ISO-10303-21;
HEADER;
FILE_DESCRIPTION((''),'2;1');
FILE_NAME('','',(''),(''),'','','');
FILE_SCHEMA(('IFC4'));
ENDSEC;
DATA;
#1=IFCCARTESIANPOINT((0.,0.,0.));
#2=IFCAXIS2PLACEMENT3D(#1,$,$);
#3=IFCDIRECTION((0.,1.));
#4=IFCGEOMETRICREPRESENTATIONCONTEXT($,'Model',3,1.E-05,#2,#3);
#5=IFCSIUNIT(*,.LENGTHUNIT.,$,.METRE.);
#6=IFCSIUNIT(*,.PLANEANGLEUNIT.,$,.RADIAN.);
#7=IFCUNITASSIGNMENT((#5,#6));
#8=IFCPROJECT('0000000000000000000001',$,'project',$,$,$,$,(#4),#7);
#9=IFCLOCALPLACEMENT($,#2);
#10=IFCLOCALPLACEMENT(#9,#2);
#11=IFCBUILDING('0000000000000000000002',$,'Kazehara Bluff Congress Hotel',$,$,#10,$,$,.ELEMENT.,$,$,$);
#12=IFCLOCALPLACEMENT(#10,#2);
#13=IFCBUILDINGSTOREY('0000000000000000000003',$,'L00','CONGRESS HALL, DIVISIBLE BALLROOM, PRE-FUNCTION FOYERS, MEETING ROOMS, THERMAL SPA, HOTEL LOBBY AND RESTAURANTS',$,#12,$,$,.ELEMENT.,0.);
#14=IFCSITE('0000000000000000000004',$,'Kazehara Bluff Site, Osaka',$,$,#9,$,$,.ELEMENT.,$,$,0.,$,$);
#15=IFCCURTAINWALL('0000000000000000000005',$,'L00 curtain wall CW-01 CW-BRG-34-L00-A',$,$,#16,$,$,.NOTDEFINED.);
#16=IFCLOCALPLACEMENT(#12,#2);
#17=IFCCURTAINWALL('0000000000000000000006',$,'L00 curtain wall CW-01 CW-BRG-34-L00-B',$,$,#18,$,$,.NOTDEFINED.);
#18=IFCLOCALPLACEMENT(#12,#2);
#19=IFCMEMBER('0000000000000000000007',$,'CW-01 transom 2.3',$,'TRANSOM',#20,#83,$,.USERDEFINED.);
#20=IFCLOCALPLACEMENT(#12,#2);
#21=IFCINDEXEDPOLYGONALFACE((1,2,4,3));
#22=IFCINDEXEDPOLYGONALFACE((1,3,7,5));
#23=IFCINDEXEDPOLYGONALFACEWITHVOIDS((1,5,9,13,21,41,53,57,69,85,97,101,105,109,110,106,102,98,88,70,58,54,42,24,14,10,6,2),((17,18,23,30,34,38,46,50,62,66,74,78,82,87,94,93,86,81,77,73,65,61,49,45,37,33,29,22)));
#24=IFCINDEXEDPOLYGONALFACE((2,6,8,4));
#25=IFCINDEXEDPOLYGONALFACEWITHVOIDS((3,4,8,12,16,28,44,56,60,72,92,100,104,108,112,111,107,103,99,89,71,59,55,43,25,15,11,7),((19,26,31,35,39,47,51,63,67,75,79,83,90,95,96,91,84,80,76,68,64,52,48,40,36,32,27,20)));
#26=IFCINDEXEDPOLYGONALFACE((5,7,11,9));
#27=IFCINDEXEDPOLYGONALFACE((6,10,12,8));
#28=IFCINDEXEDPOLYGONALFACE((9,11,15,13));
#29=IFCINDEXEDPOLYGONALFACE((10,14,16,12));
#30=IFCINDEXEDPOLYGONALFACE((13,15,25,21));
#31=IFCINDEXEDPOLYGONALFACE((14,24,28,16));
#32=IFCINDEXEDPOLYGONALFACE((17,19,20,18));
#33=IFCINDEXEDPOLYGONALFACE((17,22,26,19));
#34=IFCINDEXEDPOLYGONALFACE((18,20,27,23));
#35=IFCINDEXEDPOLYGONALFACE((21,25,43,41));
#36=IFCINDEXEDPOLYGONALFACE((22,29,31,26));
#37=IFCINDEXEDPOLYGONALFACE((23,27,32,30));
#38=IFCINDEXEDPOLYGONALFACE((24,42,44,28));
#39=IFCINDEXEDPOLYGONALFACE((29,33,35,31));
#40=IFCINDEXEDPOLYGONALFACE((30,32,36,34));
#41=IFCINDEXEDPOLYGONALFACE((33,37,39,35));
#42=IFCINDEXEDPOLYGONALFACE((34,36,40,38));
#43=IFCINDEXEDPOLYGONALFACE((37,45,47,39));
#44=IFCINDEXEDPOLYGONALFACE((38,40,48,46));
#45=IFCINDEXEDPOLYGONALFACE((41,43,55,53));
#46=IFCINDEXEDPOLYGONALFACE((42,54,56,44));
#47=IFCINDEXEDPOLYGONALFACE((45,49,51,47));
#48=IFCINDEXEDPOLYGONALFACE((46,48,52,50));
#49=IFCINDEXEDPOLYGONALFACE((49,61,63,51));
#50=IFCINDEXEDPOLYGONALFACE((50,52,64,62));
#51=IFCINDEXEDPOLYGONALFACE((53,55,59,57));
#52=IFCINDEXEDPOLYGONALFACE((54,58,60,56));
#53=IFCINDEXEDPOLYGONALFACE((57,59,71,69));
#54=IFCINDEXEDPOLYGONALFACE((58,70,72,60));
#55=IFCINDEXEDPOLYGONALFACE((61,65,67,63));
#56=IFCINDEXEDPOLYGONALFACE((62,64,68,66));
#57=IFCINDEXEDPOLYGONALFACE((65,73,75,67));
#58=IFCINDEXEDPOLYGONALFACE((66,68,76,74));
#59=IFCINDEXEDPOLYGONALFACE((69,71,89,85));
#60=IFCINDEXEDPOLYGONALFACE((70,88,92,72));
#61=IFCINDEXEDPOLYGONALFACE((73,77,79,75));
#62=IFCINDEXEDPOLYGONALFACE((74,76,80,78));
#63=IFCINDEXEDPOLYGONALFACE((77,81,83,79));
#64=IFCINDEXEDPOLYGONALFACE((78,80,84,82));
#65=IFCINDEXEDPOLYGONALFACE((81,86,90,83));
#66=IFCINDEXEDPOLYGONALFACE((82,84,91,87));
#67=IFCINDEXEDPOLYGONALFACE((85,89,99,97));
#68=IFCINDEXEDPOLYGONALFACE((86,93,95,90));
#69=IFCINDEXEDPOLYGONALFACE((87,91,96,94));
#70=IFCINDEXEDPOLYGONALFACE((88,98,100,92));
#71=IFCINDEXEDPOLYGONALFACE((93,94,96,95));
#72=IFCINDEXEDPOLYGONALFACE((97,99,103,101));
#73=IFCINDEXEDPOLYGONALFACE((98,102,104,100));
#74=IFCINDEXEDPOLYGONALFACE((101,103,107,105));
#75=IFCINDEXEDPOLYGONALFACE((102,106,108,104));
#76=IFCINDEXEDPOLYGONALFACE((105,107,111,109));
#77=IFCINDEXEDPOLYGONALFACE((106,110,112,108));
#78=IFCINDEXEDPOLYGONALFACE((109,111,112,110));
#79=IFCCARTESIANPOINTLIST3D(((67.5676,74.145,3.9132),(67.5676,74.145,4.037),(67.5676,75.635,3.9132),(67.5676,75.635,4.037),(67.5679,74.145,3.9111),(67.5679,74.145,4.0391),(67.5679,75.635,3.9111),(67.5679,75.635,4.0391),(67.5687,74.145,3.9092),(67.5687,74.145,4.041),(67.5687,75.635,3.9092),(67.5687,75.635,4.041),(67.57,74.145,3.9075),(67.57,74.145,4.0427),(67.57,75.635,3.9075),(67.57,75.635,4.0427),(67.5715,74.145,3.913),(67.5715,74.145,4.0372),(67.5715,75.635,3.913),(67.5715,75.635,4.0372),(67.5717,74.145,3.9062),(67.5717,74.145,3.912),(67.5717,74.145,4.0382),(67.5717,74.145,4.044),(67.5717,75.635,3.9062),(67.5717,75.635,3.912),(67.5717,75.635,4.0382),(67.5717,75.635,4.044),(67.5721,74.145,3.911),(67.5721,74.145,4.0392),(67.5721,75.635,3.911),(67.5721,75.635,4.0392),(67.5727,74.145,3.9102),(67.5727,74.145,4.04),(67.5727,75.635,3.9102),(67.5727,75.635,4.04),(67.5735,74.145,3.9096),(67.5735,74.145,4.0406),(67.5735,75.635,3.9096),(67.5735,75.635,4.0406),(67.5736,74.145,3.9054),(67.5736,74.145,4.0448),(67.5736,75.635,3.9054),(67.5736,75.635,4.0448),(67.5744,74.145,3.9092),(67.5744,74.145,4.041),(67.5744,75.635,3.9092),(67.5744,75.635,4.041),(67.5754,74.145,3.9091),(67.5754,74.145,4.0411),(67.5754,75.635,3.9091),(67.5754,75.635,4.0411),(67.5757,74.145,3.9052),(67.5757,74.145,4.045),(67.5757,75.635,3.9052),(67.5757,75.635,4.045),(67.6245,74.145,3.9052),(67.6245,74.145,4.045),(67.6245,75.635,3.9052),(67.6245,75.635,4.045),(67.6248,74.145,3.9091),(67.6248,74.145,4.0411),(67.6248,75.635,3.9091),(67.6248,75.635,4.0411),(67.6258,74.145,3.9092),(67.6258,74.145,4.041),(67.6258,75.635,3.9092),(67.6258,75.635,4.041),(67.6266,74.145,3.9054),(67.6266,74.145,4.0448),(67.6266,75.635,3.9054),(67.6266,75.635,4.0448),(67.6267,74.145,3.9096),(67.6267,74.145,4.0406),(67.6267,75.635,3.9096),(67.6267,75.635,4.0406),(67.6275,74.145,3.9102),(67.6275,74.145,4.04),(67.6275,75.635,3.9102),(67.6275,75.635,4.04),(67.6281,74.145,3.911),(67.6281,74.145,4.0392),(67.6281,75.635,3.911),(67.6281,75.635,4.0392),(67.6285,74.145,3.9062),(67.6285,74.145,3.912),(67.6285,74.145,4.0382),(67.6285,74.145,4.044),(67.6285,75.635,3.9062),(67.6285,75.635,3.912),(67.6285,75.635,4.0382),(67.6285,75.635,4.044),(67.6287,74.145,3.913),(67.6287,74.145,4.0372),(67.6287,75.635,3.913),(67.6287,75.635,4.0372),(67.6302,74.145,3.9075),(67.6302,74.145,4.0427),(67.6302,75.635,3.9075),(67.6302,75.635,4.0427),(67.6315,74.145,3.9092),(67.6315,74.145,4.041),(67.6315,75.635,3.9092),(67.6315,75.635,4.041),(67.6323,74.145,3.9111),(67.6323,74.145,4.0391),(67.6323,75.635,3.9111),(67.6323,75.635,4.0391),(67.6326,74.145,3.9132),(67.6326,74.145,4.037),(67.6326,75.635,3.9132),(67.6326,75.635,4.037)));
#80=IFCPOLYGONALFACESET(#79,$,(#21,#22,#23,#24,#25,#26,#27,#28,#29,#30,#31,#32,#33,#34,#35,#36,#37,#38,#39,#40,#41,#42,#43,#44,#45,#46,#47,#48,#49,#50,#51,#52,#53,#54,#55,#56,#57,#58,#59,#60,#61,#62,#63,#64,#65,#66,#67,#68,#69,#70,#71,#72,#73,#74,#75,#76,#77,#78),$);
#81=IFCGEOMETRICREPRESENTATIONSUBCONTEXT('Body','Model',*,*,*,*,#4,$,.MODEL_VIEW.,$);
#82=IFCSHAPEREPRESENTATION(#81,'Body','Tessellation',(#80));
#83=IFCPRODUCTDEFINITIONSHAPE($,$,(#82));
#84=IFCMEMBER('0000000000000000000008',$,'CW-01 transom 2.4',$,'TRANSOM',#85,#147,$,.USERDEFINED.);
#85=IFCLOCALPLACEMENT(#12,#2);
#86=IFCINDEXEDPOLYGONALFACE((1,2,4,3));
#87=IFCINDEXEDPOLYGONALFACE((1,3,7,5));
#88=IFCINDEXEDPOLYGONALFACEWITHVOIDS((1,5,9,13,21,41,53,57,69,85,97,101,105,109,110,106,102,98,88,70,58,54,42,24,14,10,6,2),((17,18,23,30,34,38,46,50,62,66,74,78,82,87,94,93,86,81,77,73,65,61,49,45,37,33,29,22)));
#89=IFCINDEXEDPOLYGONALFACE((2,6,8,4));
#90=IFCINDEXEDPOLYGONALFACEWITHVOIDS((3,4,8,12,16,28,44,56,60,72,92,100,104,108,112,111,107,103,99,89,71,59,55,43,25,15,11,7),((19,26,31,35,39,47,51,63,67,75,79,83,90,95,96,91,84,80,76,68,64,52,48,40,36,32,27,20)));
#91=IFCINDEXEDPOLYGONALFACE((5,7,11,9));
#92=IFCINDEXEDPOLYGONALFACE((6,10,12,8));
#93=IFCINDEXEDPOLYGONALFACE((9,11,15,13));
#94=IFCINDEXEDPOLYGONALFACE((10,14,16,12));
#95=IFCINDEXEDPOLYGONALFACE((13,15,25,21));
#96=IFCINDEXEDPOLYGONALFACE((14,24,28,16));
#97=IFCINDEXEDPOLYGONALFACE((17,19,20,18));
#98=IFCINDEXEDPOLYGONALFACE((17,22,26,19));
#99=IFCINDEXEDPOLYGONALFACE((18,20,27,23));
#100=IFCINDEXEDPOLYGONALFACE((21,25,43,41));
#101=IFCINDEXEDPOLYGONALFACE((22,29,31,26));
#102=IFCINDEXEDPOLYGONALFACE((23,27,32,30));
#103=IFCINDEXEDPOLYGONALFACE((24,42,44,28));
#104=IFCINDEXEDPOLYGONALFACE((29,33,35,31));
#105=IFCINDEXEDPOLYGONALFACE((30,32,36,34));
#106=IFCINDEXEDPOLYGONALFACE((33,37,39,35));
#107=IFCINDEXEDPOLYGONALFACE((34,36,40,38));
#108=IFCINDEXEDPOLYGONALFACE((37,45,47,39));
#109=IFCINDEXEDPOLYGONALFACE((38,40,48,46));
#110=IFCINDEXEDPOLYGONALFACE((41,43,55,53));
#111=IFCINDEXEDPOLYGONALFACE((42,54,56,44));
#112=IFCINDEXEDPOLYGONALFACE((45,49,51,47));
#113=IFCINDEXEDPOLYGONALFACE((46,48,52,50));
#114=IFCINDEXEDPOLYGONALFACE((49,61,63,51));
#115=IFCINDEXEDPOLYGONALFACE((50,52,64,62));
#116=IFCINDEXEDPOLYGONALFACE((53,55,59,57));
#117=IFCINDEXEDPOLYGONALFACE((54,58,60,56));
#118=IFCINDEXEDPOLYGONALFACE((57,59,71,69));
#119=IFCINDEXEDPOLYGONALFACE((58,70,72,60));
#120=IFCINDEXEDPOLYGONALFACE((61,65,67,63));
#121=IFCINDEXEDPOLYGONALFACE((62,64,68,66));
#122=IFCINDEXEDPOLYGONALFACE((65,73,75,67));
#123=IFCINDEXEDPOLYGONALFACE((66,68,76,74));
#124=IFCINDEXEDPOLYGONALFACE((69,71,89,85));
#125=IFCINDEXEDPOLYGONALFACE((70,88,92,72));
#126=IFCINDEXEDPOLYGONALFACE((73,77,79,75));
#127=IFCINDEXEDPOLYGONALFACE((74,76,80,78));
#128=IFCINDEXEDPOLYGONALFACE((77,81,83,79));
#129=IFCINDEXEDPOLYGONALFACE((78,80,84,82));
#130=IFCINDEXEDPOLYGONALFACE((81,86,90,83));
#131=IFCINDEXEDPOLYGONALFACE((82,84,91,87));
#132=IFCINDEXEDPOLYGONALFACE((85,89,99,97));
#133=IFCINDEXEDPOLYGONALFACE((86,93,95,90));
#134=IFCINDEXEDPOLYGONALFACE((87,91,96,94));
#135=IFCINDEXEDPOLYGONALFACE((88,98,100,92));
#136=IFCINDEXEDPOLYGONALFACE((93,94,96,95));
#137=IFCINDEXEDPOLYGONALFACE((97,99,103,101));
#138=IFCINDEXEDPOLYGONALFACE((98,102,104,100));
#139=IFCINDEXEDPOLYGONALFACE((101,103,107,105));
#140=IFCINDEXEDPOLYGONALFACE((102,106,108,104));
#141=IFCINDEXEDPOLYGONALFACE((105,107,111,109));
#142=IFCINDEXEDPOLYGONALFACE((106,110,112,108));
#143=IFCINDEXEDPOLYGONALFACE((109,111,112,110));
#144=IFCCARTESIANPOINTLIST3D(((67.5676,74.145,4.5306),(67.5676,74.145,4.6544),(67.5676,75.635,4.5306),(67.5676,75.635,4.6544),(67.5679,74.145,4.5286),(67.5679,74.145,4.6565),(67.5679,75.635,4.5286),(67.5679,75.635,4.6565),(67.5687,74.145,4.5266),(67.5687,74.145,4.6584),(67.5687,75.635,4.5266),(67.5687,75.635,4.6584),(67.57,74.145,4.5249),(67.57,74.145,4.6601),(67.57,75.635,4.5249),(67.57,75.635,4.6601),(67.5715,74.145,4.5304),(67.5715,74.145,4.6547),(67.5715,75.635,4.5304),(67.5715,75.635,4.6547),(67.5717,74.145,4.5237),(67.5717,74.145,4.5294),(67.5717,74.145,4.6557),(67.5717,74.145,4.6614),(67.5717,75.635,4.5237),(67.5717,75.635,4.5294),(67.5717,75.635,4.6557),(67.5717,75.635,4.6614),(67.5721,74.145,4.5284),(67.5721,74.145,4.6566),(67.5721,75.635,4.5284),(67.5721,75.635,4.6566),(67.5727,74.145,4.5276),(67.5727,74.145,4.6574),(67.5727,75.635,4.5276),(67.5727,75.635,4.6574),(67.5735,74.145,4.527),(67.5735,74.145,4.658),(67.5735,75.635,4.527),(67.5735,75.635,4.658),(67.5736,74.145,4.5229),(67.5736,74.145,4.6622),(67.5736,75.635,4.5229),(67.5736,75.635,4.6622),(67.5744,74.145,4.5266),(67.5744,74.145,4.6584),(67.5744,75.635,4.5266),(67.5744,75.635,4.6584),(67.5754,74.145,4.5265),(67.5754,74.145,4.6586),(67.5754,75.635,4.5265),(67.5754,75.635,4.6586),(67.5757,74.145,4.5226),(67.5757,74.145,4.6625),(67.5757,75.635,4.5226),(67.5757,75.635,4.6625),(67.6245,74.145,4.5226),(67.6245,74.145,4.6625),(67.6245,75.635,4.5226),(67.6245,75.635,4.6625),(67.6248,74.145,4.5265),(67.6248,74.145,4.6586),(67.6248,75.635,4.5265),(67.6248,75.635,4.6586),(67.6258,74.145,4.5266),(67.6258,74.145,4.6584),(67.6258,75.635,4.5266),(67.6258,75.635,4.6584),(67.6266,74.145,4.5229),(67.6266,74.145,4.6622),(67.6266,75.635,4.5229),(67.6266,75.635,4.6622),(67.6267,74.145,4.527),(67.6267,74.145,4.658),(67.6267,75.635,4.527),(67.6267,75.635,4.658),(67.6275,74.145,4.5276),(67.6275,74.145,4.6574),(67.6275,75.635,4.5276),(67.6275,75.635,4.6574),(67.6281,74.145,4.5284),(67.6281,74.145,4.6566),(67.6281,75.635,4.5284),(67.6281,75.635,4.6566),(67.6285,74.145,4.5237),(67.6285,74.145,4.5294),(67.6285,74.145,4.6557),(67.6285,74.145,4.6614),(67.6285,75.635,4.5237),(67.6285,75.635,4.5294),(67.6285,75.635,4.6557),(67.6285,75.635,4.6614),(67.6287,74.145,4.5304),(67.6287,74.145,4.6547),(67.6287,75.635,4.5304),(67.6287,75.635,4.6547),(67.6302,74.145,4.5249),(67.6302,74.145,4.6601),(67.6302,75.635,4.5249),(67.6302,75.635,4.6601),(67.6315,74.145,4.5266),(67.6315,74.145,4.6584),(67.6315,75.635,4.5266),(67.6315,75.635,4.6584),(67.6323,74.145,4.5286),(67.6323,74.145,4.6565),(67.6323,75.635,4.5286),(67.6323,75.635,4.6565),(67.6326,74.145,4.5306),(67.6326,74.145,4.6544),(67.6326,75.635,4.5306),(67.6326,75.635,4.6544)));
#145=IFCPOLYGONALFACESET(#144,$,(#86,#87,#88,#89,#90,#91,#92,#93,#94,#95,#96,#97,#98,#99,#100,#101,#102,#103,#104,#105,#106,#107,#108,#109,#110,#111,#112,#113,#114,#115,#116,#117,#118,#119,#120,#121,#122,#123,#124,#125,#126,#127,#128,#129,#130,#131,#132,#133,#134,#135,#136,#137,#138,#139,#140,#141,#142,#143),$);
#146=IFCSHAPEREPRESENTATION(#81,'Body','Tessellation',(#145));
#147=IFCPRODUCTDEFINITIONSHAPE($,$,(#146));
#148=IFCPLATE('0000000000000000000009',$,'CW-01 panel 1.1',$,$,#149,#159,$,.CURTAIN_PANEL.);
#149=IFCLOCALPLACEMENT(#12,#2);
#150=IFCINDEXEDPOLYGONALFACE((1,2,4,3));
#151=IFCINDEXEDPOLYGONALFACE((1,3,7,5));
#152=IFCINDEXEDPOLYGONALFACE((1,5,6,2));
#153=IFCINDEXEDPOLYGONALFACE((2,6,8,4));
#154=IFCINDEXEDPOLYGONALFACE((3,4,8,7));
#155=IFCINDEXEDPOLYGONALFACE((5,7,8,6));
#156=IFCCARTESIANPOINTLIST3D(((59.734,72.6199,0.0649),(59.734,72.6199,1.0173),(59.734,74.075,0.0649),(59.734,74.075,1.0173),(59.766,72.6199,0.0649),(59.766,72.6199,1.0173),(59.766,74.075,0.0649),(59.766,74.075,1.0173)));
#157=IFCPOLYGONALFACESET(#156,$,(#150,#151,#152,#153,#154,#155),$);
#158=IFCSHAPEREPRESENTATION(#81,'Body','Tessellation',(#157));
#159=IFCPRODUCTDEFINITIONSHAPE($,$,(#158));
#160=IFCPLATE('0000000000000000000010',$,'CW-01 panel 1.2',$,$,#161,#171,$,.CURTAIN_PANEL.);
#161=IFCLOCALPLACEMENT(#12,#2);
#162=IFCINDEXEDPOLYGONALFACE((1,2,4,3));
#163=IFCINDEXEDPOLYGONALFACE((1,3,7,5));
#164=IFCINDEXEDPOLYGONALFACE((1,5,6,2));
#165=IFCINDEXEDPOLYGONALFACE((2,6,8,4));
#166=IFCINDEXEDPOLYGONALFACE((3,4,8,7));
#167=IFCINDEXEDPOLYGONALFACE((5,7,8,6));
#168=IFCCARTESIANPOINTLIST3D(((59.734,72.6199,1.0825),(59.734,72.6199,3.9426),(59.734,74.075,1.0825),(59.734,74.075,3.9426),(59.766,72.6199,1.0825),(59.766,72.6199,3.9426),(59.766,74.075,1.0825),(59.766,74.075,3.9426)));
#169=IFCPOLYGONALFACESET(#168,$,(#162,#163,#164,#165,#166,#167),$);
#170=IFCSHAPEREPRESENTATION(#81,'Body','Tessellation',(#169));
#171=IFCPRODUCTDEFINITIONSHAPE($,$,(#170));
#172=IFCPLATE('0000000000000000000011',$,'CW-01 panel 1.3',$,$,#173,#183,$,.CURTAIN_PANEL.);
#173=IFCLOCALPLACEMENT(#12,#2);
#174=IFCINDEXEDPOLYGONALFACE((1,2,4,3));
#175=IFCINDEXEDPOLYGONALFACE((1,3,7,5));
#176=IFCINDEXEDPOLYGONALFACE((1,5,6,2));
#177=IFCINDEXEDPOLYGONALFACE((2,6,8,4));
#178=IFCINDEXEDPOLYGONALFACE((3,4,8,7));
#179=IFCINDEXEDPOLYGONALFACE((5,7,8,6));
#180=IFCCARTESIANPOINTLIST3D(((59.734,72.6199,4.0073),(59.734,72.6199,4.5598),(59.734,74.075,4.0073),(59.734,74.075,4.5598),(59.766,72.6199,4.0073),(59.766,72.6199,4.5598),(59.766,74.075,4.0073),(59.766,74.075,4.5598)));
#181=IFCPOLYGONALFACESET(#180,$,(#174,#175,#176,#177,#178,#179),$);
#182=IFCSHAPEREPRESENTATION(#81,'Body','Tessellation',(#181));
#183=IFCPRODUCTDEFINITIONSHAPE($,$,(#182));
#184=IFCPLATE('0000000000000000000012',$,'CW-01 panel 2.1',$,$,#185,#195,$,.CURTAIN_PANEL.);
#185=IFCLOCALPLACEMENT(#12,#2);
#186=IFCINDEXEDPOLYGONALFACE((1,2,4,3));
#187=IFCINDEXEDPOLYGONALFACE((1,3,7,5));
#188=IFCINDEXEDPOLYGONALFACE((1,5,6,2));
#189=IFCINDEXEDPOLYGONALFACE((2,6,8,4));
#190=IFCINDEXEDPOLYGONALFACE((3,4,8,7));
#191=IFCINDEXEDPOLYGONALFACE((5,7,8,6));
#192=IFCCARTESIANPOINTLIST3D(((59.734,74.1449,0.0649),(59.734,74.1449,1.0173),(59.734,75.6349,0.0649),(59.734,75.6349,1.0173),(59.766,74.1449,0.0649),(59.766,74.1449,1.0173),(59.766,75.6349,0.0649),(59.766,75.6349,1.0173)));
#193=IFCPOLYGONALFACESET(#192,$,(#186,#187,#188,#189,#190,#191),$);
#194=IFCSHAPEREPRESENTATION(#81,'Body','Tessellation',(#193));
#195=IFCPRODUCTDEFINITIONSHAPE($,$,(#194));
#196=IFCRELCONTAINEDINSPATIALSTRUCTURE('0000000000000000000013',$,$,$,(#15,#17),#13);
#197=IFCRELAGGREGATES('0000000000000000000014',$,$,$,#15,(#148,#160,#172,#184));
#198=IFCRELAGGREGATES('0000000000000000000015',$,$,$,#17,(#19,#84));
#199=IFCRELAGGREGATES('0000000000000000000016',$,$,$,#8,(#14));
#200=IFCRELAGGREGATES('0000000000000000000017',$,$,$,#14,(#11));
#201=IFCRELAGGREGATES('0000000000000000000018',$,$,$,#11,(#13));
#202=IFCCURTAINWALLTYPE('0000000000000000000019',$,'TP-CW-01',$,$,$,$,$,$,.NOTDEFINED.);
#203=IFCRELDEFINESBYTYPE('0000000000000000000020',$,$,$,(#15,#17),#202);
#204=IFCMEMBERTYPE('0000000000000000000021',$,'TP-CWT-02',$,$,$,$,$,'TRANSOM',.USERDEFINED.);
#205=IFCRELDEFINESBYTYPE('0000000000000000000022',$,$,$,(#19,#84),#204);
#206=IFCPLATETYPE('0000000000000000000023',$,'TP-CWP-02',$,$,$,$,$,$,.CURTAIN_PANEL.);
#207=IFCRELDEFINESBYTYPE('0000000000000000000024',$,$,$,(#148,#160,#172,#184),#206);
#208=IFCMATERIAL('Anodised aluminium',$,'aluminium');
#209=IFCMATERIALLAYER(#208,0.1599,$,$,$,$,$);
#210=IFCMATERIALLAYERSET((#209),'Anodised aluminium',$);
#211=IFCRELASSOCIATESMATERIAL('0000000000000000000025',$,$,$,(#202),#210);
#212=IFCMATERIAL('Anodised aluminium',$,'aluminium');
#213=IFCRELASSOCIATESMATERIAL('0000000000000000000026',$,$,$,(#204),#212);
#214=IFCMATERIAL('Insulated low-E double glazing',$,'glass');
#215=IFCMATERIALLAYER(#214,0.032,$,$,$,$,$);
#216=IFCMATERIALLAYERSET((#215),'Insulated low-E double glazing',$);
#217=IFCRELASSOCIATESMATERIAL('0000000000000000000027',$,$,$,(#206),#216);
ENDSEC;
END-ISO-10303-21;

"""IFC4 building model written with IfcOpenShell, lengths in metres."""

from ifc_helpers import new_model, si_unit, direction, frame, origin, origin_2d, place, context, subcontext, project, spatial, rectangle, hollow_rectangle, extrude, material, layer, layer_set, material_profile, profile_set, type_object, element, aggregate, save


model = new_model("IFC4")

# Units and contexts
model_context = context("Model", 3, precision=1e-05, world=origin(), true_north=direction((0.0, 1.0)))
body_context = subcontext(model_context, "Body", "Model", "MODEL_VIEW")
ifc_project = project(units=[si_unit("LENGTHUNIT", "METRE"), si_unit("PLANEANGLEUNIT", "RADIAN")], contexts=[model_context])

# Site, building, storey
site_placement = place(None, origin())
site = spatial("IfcSite", under=ifc_project, at=site_placement, Name="Kazehara Bluff Site, Osaka", CompositionType="ELEMENT", RefElevation=0.0)
building_placement = place(site_placement, origin())
building = spatial("IfcBuilding", under=site, at=building_placement, Name="Kazehara Bluff Congress Hotel", CompositionType="ELEMENT")
storey_placement = place(building_placement, origin())
storey = spatial("IfcBuildingStorey", under=building, at=storey_placement, Name="L00", Description="CONGRESS HALL, DIVISIBLE BALLROOM, PRE-FUNCTION FOYERS, MEETING ROOMS, THERMAL SPA, HOTEL LOBBY AND RESTAURANTS", CompositionType="ELEMENT", Elevation=0.0)

# Curtain walls
ifc_material_1 = material(Name="Anodised aluminium", Category="aluminium")
ifc_layer_1 = layer(ifc_material_1, 0.1599)
ifc_layer_set_1 = layer_set([ifc_layer_1], Name="Anodised aluminium")
curtain_wall_type = type_object("IfcCurtainWallType", Name="TP-CW-01", PredefinedType="NOTDEFINED", material=ifc_layer_set_1)
curtain_wall_1_placement = place(storey_placement, origin())
curtain_wall_1 = element("IfcCurtainWall", 1, at=curtain_wall_1_placement, inside=storey, type_object=curtain_wall_type, Name="L00 curtain wall CW-01 CW-BRG-34-L00-A", PredefinedType="NOTDEFINED")
curtain_wall_2_placement = place(storey_placement, origin())
curtain_wall_2 = element("IfcCurtainWall", 2, at=curtain_wall_2_placement, inside=storey, type_object=curtain_wall_type, Name="L00 curtain wall CW-01 CW-BRG-34-L00-B", PredefinedType="NOTDEFINED")

# Members
ifc_material_2 = material(Name="Anodised aluminium", Category="aluminium")
ifc_material_profile_1 = material_profile(ifc_material_2, hollow_rectangle(XDim=0.0649, YDim=0.1399, WallThickness=0.0039, InnerFilletRadius=0.0039, OuterFilletRadius=0.0081, at=origin_2d()))
ifc_profile_set_1 = profile_set([ifc_material_profile_1], Name="Anodised aluminium")
member_type_1 = type_object("IfcMemberType", Name="TP-CWT-02", ElementType="TRANSOM", PredefinedType="USERDEFINED", material=ifc_profile_set_1)
member_1_placement = place(storey_placement, frame((67.6001, 74.145, 3.9751), z_axis=(0.0, 1.0, 0.0), x_axis=(-1.0, 0.0, 0.0)))
member_1 = element("IfcMember", 3, at=member_1_placement, type_object=member_type_1, Name="CW-01 transom 2.3", ObjectType="TRANSOM", PredefinedType="USERDEFINED", context=body_context, shape_type="SweptSolid", body=[
    extrude(hollow_rectangle(XDim=0.0649, YDim=0.1399, WallThickness=0.0039, InnerFilletRadius=0.0039, OuterFilletRadius=0.0081, at=origin_2d()), origin(), (0.0, 0.0, 1.0), 1.49),
])
member_2_placement = place(storey_placement, frame((67.6001, 74.145, 4.5925), z_axis=(0.0, 1.0, 0.0), x_axis=(-1.0, 0.0, 0.0)))
member_2 = element("IfcMember", 4, at=member_2_placement, type_object=member_type_1, Name="CW-01 transom 2.4", ObjectType="TRANSOM", PredefinedType="USERDEFINED", context=body_context, shape_type="SweptSolid", body=[
    extrude(hollow_rectangle(XDim=0.0649, YDim=0.1399, WallThickness=0.0039, InnerFilletRadius=0.0039, OuterFilletRadius=0.0081, at=origin_2d()), origin(), (0.0, 0.0, 1.0), 1.49),
])

# Plates
ifc_material_3 = material(Name="Insulated low-E double glazing", Category="glass")
ifc_layer_2 = layer(ifc_material_3, 0.032)
ifc_layer_set_2 = layer_set([ifc_layer_2], Name="Insulated low-E double glazing")
plate_type = type_object("IfcPlateType", Name="TP-CWP-02", PredefinedType="CURTAIN_PANEL", material=ifc_layer_set_2)
plate_1_placement = place(storey_placement, frame((59.75, 73.3474, 0.0649), z_axis=(0.0, 0.0, 1.0), x_axis=(0.0, 1.0, 0.0)))
plate_1 = element("IfcPlate", 5, at=plate_1_placement, type_object=plate_type, Name="CW-01 panel 1.1", PredefinedType="CURTAIN_PANEL", context=body_context, shape_type="SweptSolid", body=[
    extrude(rectangle(XDim=1.4551, YDim=0.032, at=origin_2d()), origin(), (0.0, 0.0, 1.0), 0.9524),
])
plate_2_placement = place(storey_placement, frame((59.75, 73.3474, 1.0825), z_axis=(0.0, 0.0, 1.0), x_axis=(0.0, 1.0, 0.0)))
plate_2 = element("IfcPlate", 6, at=plate_2_placement, type_object=plate_type, Name="CW-01 panel 1.2", PredefinedType="CURTAIN_PANEL", context=body_context, shape_type="SweptSolid", body=[
    extrude(rectangle(XDim=1.4551, YDim=0.032, at=origin_2d()), origin(), (0.0, 0.0, 1.0), 2.8601),
])
plate_3_placement = place(storey_placement, frame((59.75, 73.3474, 4.0073), z_axis=(0.0, 0.0, 1.0), x_axis=(0.0, 1.0, 0.0)))
plate_3 = element("IfcPlate", 7, at=plate_3_placement, type_object=plate_type, Name="CW-01 panel 1.3", PredefinedType="CURTAIN_PANEL", context=body_context, shape_type="SweptSolid", body=[
    extrude(rectangle(XDim=1.4551, YDim=0.032, at=origin_2d()), origin(), (0.0, 0.0, 1.0), 0.5525),
])
plate_4_placement = place(storey_placement, frame((59.75, 74.8899, 0.0649), z_axis=(0.0, 0.0, 1.0), x_axis=(0.0, 1.0, 0.0)))
plate_4 = element("IfcPlate", 8, at=plate_4_placement, type_object=plate_type, Name="CW-01 panel 2.1", PredefinedType="CURTAIN_PANEL", context=body_context, shape_type="SweptSolid", body=[
    extrude(rectangle(XDim=1.49, YDim=0.032, at=origin_2d()), origin(), (0.0, 0.0, 1.0), 0.9524),
])
aggregate(curtain_wall_1, [plate_1, plate_2, plate_3, plate_4])
aggregate(curtain_wall_2, [member_1, member_2])

save(model, "model.ifc")
